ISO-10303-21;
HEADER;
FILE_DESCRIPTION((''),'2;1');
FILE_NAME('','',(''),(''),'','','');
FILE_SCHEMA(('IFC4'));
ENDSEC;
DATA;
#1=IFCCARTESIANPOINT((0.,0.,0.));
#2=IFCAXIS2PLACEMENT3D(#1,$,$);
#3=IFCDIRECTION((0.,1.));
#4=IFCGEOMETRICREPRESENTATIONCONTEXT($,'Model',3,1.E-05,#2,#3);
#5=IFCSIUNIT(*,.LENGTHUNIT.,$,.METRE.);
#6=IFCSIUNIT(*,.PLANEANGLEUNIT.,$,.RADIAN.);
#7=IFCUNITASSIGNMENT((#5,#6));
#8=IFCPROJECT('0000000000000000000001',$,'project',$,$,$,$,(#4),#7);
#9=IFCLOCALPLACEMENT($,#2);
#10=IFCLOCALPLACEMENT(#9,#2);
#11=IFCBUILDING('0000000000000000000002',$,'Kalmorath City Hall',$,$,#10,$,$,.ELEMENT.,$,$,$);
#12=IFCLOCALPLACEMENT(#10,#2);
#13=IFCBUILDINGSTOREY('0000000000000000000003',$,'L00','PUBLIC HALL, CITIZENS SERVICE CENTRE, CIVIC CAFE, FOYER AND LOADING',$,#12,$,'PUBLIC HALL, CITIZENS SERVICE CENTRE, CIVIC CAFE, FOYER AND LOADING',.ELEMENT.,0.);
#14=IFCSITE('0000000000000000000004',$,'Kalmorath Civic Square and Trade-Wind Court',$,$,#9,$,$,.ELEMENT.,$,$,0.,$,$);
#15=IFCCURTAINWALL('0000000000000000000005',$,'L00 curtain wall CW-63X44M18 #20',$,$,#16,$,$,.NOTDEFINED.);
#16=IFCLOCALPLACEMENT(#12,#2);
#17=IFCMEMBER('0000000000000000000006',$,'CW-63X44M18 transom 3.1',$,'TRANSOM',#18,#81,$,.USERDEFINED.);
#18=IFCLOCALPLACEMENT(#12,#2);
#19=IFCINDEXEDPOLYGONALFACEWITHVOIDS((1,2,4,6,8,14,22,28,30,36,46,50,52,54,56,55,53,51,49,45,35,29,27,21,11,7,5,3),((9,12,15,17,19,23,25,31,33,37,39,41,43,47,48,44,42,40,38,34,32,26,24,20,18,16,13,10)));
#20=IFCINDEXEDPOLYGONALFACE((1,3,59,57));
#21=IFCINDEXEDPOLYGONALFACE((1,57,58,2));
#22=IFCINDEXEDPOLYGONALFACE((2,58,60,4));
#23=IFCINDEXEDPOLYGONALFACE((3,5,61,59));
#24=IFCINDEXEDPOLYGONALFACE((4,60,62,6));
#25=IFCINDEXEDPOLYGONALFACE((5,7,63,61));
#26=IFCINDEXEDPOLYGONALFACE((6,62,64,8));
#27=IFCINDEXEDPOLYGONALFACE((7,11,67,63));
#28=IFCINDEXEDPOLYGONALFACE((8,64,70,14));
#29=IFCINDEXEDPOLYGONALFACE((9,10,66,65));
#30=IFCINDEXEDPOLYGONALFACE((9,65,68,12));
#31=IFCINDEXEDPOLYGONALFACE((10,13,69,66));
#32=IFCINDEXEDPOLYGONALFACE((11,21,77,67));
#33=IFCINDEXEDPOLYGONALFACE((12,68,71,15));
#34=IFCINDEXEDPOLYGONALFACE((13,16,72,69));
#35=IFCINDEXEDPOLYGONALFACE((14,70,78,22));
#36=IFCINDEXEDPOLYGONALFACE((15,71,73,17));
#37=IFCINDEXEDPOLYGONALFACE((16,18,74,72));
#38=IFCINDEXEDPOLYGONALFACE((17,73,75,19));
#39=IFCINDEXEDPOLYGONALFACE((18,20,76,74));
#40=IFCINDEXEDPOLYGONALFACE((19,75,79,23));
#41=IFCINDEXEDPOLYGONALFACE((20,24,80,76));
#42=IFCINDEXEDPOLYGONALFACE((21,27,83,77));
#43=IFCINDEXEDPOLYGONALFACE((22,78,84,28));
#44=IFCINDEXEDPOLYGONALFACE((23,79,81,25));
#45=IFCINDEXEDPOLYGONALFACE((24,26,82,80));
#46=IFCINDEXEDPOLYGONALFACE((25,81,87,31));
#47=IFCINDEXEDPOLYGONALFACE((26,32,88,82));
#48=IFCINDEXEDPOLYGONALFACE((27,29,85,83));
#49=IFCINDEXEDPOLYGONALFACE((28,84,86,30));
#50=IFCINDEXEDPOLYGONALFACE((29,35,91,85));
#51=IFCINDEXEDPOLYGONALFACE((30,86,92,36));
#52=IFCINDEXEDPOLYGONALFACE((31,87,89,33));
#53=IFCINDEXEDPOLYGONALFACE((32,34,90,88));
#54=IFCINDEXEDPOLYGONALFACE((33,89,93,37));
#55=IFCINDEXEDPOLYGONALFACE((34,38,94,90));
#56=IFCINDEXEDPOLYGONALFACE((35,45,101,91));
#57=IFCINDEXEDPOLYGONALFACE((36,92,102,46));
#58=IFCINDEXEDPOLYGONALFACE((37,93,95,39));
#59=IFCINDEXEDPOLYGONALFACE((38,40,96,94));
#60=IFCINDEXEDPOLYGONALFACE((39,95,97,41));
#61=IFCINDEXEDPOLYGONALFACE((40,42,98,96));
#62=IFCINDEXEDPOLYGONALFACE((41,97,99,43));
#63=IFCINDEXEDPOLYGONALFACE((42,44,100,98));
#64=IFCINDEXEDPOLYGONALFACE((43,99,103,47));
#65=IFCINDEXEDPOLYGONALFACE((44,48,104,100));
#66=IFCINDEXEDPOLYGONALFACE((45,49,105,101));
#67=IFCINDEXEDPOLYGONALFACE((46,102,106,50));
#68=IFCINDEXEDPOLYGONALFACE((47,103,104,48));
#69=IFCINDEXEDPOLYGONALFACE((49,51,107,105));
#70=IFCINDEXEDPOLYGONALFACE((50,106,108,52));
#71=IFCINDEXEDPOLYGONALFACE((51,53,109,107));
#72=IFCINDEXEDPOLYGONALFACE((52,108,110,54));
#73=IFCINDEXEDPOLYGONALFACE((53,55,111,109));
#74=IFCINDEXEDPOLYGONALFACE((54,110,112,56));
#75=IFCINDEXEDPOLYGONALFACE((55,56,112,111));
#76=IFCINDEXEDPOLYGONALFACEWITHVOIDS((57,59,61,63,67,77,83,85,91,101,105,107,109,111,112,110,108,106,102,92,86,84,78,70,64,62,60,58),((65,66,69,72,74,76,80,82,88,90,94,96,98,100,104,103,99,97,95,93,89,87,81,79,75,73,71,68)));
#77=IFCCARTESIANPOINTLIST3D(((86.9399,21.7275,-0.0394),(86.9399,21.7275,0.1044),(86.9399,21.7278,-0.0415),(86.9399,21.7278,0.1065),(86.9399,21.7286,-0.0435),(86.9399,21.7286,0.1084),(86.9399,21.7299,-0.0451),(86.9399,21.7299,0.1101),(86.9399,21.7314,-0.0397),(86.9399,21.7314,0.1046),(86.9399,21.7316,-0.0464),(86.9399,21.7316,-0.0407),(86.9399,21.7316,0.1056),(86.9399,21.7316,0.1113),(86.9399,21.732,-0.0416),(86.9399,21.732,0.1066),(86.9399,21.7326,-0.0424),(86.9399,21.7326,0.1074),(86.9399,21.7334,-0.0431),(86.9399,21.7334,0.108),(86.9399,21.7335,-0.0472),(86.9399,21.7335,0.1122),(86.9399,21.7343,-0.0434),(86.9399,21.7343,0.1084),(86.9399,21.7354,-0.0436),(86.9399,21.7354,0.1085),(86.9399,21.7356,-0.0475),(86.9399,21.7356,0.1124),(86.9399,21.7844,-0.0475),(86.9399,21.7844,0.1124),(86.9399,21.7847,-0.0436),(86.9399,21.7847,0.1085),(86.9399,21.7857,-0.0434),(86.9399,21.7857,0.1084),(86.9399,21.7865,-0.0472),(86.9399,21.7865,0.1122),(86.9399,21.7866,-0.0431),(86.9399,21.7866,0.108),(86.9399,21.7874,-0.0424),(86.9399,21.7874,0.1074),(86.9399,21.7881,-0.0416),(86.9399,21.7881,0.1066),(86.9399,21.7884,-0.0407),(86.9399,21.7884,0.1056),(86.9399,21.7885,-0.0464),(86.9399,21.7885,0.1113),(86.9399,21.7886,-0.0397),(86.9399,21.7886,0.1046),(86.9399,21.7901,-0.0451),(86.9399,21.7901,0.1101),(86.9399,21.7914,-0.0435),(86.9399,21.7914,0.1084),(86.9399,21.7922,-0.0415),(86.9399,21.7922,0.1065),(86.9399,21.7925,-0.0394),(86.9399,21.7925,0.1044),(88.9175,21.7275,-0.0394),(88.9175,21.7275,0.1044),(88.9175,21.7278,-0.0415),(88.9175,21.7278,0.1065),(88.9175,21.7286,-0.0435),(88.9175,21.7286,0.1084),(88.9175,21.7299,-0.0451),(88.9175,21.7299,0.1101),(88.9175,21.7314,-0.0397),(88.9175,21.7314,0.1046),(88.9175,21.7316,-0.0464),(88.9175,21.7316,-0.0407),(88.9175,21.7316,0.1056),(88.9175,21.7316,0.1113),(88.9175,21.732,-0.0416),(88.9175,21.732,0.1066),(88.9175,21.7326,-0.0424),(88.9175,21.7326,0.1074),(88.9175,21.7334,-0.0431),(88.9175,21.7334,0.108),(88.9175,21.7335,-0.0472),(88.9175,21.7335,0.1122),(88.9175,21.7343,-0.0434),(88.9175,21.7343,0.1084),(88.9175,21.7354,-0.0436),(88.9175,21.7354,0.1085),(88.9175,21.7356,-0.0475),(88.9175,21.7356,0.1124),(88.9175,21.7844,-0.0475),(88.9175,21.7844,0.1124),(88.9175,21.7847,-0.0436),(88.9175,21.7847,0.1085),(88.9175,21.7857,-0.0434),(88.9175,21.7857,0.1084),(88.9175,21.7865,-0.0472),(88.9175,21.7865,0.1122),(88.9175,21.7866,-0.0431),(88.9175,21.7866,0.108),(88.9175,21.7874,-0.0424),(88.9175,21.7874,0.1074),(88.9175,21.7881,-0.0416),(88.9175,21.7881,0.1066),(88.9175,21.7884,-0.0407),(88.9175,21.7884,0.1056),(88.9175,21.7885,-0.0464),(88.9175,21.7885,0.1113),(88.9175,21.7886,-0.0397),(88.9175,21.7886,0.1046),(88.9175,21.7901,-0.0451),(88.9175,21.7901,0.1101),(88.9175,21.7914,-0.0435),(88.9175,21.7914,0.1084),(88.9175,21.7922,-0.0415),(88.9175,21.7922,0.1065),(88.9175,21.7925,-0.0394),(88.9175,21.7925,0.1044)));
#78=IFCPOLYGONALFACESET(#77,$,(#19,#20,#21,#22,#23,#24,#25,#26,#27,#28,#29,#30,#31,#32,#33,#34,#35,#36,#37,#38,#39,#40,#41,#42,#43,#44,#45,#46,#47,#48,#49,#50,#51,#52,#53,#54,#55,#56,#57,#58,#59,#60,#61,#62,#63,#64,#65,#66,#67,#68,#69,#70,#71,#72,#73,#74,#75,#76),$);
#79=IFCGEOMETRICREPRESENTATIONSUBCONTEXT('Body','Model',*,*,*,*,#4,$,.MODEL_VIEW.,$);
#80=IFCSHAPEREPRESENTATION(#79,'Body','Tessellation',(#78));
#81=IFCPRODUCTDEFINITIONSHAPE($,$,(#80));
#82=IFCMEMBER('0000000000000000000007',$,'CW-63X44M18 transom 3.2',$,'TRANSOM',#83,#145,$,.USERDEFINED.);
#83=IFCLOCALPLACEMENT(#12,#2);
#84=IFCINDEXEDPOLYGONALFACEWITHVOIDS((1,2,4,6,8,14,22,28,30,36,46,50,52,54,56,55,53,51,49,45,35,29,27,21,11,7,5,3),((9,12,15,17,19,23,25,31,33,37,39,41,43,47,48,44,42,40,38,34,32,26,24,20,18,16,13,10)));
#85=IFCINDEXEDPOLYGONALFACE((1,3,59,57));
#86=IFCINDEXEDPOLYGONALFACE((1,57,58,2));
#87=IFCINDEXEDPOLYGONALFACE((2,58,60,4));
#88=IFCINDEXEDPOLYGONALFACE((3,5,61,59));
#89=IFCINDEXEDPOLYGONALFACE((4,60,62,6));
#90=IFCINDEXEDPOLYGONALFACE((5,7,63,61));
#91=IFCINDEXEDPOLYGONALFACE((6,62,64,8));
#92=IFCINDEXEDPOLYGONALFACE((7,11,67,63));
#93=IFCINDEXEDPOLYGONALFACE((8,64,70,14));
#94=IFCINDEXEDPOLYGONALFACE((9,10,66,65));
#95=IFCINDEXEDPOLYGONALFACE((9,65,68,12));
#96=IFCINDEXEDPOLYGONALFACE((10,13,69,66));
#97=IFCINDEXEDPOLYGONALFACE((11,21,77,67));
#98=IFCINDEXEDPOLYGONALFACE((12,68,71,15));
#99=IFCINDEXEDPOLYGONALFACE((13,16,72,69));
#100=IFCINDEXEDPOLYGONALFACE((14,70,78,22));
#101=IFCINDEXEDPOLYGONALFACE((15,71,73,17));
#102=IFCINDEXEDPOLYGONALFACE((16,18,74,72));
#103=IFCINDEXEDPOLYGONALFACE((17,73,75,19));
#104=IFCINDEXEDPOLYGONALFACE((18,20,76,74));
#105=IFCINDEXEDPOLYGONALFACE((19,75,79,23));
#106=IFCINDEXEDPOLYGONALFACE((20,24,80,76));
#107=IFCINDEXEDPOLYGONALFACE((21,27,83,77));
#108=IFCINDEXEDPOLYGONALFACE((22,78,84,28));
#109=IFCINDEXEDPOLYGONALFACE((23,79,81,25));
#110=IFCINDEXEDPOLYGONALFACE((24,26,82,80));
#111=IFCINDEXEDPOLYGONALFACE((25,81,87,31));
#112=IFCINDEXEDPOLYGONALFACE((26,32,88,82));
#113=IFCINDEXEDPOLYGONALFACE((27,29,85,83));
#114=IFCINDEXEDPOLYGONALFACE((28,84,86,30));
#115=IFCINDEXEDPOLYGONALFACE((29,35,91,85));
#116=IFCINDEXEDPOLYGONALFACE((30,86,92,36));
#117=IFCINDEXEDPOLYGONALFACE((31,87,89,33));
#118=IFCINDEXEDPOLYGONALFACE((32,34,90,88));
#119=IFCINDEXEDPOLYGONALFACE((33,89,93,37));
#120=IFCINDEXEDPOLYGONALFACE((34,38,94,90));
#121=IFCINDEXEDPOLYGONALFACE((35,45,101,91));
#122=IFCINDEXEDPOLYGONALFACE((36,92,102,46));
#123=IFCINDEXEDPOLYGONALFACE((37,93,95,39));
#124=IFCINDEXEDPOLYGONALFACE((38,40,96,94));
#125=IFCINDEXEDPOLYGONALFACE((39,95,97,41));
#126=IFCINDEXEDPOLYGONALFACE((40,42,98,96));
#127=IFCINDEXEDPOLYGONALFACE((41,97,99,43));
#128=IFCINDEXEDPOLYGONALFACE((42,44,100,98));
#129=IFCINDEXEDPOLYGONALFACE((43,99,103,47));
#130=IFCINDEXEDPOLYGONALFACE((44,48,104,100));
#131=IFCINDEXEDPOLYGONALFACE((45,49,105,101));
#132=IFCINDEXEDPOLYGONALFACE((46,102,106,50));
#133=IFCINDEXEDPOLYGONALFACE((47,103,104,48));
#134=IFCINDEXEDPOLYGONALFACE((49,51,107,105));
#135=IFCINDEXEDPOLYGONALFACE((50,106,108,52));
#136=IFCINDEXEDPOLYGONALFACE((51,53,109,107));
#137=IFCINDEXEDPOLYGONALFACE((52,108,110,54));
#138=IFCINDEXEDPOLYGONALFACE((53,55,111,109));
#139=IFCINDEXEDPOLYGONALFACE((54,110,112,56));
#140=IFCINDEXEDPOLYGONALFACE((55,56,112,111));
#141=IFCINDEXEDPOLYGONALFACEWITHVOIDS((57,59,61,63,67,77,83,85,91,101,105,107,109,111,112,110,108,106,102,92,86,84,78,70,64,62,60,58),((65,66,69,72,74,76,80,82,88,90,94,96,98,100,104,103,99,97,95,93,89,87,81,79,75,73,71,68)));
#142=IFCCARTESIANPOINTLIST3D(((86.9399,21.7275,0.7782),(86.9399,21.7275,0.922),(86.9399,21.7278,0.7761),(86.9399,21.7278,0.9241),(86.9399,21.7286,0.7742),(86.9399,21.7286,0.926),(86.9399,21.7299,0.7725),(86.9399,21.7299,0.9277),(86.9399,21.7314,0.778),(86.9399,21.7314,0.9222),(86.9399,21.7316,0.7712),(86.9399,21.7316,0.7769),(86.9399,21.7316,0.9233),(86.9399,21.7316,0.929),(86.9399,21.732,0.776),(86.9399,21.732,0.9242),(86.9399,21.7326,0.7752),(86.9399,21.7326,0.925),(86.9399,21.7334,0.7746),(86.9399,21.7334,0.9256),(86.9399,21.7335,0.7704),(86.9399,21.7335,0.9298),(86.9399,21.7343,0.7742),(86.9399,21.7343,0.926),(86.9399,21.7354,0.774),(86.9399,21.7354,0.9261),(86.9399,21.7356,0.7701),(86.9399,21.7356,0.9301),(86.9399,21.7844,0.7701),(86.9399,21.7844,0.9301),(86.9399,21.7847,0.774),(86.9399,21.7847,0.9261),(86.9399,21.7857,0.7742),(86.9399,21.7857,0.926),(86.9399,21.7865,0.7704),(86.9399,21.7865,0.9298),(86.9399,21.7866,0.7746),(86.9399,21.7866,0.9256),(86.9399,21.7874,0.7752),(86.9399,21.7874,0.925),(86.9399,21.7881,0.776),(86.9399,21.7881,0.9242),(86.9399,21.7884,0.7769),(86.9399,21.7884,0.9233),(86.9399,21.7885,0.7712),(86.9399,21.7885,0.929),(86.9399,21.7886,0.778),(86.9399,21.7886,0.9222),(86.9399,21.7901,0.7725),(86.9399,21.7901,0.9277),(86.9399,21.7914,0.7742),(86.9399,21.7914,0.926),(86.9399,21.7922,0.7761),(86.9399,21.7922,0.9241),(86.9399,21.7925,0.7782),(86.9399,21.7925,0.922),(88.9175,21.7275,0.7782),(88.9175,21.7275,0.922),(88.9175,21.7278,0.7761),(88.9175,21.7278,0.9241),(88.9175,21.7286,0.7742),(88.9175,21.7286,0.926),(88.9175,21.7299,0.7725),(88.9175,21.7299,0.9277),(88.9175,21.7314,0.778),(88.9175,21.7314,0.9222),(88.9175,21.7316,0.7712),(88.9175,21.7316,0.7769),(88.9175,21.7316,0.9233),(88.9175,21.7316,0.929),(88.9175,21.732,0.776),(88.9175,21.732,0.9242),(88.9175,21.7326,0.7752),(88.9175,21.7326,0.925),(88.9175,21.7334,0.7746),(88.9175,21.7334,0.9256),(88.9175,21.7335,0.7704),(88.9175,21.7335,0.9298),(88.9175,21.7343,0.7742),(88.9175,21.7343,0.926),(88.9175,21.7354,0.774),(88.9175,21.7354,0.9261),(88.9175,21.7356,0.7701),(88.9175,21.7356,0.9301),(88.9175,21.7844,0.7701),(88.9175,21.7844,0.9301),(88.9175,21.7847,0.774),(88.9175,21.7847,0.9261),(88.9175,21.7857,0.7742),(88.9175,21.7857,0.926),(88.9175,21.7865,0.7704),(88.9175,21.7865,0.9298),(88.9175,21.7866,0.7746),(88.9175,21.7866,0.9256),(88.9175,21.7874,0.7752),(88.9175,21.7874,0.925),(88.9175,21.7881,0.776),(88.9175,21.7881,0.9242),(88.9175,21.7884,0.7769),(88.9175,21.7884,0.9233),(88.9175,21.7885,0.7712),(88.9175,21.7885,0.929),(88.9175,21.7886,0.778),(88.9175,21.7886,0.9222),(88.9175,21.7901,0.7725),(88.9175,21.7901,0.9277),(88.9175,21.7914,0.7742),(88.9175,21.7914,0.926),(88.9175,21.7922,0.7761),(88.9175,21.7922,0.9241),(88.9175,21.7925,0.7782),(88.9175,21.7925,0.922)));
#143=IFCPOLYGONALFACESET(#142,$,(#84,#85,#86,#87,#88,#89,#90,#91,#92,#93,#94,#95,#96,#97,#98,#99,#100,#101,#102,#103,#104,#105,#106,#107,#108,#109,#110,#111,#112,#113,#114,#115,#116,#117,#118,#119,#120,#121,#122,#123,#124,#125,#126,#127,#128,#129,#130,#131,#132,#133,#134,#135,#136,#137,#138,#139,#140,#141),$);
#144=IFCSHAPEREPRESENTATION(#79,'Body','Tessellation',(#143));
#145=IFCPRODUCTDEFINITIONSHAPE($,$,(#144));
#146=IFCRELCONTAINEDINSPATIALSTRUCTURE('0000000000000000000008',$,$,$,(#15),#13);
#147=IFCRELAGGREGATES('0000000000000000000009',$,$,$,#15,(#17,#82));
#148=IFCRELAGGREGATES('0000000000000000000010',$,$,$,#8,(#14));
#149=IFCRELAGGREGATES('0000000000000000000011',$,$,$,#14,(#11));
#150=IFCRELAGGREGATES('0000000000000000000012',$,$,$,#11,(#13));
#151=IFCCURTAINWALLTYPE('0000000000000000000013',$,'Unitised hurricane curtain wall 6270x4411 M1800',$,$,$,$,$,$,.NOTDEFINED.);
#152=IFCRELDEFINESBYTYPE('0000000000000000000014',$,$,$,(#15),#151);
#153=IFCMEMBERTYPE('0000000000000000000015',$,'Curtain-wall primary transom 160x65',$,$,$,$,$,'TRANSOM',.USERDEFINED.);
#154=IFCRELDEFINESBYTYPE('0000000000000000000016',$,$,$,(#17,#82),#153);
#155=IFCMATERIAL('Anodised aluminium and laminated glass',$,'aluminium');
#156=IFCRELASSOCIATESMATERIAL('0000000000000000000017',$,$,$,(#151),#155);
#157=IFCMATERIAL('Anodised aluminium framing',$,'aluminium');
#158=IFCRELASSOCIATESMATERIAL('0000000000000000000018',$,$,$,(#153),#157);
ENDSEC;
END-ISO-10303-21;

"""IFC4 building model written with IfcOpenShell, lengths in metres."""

from ifc_helpers import new_model, si_unit, direction, frame, origin, origin_2d, place, context, subcontext, project, spatial, hollow_rectangle, extrude, material, material_profile, profile_set, type_object, element, aggregate, save


model = new_model("IFC4")

# Units and contexts
model_context = context("Model", 3, precision=1e-05, world=origin(), true_north=direction((0.0, 1.0)))
body_context = subcontext(model_context, "Body", "Model", "MODEL_VIEW")
ifc_project = project(units=[si_unit("LENGTHUNIT", "METRE"), si_unit("PLANEANGLEUNIT", "RADIAN")], contexts=[model_context])

# Site, building, storey
site_placement = place(None, origin())
site = spatial("IfcSite", under=ifc_project, at=site_placement, Name="Kalmorath Civic Square and Trade-Wind Court", CompositionType="ELEMENT", RefElevation=0.0)
building_placement = place(site_placement, origin())
building = spatial("IfcBuilding", under=site, at=building_placement, Name="Kalmorath City Hall", CompositionType="ELEMENT")
storey_placement = place(building_placement, origin())
storey = spatial("IfcBuildingStorey", under=building, at=storey_placement, Name="L00", Description="PUBLIC HALL, CITIZENS SERVICE CENTRE, CIVIC CAFE, FOYER AND LOADING", LongName="PUBLIC HALL, CITIZENS SERVICE CENTRE, CIVIC CAFE, FOYER AND LOADING", CompositionType="ELEMENT", Elevation=0.0)

# Curtain wall, members
ifc_material_1 = material(Name="Anodised aluminium and laminated glass", Category="aluminium")
curtain_wall_type = type_object("IfcCurtainWallType", Name="Unitised hurricane curtain wall 6270x4411 M1800", PredefinedType="NOTDEFINED", material=ifc_material_1)
curtain_wall_placement = place(storey_placement, origin())
curtain_wall = element("IfcCurtainWall", 1, at=curtain_wall_placement, inside=storey, type_object=curtain_wall_type, Name="L00 curtain wall CW-63X44M18 #20", PredefinedType="NOTDEFINED")
ifc_material_2 = material(Name="Anodised aluminium framing", Category="aluminium")
ifc_material_profile_1 = material_profile(ifc_material_2, hollow_rectangle(XDim=0.0649, YDim=0.1599, WallThickness=0.0039, InnerFilletRadius=0.0039, OuterFilletRadius=0.0081, at=origin_2d()), Name="ALU-TRN-160X65X4")
ifc_profile_set_1 = profile_set([ifc_material_profile_1], Name="Anodised aluminium framing")
member_type_1 = type_object("IfcMemberType", Name="Curtain-wall primary transom 160x65", ElementType="TRANSOM", PredefinedType="USERDEFINED", material=ifc_profile_set_1)
member_1_placement = place(storey_placement, frame((88.9175, 21.76, 0.0325), z_axis=(-1.0, 0.0, 0.0), x_axis=(0.0, -1.0, 0.0)))
member_1 = element("IfcMember", 2, at=member_1_placement, type_object=member_type_1, Name="CW-63X44M18 transom 3.1", ObjectType="TRANSOM", PredefinedType="USERDEFINED", context=body_context, shape_type="SweptSolid", body=[
    extrude(hollow_rectangle(XDim=0.0649, YDim=0.1599, WallThickness=0.0039, InnerFilletRadius=0.0039, OuterFilletRadius=0.0081, at=origin_2d()), origin(), (0.0, 0.0, 1.0), 1.9775),
])
member_2_placement = place(storey_placement, frame((88.9175, 21.76, 0.8501), z_axis=(-1.0, 0.0, 0.0), x_axis=(0.0, -1.0, 0.0)))
member_2 = element("IfcMember", 3, at=member_2_placement, type_object=member_type_1, Name="CW-63X44M18 transom 3.2", ObjectType="TRANSOM", PredefinedType="USERDEFINED", context=body_context, shape_type="SweptSolid", body=[
    extrude(hollow_rectangle(XDim=0.0649, YDim=0.1599, WallThickness=0.0039, InnerFilletRadius=0.0039, OuterFilletRadius=0.0081, at=origin_2d()), origin(), (0.0, 0.0, 1.0), 1.9775),
])
aggregate(curtain_wall, [member_1, member_2])

save(model, "model.ifc")
